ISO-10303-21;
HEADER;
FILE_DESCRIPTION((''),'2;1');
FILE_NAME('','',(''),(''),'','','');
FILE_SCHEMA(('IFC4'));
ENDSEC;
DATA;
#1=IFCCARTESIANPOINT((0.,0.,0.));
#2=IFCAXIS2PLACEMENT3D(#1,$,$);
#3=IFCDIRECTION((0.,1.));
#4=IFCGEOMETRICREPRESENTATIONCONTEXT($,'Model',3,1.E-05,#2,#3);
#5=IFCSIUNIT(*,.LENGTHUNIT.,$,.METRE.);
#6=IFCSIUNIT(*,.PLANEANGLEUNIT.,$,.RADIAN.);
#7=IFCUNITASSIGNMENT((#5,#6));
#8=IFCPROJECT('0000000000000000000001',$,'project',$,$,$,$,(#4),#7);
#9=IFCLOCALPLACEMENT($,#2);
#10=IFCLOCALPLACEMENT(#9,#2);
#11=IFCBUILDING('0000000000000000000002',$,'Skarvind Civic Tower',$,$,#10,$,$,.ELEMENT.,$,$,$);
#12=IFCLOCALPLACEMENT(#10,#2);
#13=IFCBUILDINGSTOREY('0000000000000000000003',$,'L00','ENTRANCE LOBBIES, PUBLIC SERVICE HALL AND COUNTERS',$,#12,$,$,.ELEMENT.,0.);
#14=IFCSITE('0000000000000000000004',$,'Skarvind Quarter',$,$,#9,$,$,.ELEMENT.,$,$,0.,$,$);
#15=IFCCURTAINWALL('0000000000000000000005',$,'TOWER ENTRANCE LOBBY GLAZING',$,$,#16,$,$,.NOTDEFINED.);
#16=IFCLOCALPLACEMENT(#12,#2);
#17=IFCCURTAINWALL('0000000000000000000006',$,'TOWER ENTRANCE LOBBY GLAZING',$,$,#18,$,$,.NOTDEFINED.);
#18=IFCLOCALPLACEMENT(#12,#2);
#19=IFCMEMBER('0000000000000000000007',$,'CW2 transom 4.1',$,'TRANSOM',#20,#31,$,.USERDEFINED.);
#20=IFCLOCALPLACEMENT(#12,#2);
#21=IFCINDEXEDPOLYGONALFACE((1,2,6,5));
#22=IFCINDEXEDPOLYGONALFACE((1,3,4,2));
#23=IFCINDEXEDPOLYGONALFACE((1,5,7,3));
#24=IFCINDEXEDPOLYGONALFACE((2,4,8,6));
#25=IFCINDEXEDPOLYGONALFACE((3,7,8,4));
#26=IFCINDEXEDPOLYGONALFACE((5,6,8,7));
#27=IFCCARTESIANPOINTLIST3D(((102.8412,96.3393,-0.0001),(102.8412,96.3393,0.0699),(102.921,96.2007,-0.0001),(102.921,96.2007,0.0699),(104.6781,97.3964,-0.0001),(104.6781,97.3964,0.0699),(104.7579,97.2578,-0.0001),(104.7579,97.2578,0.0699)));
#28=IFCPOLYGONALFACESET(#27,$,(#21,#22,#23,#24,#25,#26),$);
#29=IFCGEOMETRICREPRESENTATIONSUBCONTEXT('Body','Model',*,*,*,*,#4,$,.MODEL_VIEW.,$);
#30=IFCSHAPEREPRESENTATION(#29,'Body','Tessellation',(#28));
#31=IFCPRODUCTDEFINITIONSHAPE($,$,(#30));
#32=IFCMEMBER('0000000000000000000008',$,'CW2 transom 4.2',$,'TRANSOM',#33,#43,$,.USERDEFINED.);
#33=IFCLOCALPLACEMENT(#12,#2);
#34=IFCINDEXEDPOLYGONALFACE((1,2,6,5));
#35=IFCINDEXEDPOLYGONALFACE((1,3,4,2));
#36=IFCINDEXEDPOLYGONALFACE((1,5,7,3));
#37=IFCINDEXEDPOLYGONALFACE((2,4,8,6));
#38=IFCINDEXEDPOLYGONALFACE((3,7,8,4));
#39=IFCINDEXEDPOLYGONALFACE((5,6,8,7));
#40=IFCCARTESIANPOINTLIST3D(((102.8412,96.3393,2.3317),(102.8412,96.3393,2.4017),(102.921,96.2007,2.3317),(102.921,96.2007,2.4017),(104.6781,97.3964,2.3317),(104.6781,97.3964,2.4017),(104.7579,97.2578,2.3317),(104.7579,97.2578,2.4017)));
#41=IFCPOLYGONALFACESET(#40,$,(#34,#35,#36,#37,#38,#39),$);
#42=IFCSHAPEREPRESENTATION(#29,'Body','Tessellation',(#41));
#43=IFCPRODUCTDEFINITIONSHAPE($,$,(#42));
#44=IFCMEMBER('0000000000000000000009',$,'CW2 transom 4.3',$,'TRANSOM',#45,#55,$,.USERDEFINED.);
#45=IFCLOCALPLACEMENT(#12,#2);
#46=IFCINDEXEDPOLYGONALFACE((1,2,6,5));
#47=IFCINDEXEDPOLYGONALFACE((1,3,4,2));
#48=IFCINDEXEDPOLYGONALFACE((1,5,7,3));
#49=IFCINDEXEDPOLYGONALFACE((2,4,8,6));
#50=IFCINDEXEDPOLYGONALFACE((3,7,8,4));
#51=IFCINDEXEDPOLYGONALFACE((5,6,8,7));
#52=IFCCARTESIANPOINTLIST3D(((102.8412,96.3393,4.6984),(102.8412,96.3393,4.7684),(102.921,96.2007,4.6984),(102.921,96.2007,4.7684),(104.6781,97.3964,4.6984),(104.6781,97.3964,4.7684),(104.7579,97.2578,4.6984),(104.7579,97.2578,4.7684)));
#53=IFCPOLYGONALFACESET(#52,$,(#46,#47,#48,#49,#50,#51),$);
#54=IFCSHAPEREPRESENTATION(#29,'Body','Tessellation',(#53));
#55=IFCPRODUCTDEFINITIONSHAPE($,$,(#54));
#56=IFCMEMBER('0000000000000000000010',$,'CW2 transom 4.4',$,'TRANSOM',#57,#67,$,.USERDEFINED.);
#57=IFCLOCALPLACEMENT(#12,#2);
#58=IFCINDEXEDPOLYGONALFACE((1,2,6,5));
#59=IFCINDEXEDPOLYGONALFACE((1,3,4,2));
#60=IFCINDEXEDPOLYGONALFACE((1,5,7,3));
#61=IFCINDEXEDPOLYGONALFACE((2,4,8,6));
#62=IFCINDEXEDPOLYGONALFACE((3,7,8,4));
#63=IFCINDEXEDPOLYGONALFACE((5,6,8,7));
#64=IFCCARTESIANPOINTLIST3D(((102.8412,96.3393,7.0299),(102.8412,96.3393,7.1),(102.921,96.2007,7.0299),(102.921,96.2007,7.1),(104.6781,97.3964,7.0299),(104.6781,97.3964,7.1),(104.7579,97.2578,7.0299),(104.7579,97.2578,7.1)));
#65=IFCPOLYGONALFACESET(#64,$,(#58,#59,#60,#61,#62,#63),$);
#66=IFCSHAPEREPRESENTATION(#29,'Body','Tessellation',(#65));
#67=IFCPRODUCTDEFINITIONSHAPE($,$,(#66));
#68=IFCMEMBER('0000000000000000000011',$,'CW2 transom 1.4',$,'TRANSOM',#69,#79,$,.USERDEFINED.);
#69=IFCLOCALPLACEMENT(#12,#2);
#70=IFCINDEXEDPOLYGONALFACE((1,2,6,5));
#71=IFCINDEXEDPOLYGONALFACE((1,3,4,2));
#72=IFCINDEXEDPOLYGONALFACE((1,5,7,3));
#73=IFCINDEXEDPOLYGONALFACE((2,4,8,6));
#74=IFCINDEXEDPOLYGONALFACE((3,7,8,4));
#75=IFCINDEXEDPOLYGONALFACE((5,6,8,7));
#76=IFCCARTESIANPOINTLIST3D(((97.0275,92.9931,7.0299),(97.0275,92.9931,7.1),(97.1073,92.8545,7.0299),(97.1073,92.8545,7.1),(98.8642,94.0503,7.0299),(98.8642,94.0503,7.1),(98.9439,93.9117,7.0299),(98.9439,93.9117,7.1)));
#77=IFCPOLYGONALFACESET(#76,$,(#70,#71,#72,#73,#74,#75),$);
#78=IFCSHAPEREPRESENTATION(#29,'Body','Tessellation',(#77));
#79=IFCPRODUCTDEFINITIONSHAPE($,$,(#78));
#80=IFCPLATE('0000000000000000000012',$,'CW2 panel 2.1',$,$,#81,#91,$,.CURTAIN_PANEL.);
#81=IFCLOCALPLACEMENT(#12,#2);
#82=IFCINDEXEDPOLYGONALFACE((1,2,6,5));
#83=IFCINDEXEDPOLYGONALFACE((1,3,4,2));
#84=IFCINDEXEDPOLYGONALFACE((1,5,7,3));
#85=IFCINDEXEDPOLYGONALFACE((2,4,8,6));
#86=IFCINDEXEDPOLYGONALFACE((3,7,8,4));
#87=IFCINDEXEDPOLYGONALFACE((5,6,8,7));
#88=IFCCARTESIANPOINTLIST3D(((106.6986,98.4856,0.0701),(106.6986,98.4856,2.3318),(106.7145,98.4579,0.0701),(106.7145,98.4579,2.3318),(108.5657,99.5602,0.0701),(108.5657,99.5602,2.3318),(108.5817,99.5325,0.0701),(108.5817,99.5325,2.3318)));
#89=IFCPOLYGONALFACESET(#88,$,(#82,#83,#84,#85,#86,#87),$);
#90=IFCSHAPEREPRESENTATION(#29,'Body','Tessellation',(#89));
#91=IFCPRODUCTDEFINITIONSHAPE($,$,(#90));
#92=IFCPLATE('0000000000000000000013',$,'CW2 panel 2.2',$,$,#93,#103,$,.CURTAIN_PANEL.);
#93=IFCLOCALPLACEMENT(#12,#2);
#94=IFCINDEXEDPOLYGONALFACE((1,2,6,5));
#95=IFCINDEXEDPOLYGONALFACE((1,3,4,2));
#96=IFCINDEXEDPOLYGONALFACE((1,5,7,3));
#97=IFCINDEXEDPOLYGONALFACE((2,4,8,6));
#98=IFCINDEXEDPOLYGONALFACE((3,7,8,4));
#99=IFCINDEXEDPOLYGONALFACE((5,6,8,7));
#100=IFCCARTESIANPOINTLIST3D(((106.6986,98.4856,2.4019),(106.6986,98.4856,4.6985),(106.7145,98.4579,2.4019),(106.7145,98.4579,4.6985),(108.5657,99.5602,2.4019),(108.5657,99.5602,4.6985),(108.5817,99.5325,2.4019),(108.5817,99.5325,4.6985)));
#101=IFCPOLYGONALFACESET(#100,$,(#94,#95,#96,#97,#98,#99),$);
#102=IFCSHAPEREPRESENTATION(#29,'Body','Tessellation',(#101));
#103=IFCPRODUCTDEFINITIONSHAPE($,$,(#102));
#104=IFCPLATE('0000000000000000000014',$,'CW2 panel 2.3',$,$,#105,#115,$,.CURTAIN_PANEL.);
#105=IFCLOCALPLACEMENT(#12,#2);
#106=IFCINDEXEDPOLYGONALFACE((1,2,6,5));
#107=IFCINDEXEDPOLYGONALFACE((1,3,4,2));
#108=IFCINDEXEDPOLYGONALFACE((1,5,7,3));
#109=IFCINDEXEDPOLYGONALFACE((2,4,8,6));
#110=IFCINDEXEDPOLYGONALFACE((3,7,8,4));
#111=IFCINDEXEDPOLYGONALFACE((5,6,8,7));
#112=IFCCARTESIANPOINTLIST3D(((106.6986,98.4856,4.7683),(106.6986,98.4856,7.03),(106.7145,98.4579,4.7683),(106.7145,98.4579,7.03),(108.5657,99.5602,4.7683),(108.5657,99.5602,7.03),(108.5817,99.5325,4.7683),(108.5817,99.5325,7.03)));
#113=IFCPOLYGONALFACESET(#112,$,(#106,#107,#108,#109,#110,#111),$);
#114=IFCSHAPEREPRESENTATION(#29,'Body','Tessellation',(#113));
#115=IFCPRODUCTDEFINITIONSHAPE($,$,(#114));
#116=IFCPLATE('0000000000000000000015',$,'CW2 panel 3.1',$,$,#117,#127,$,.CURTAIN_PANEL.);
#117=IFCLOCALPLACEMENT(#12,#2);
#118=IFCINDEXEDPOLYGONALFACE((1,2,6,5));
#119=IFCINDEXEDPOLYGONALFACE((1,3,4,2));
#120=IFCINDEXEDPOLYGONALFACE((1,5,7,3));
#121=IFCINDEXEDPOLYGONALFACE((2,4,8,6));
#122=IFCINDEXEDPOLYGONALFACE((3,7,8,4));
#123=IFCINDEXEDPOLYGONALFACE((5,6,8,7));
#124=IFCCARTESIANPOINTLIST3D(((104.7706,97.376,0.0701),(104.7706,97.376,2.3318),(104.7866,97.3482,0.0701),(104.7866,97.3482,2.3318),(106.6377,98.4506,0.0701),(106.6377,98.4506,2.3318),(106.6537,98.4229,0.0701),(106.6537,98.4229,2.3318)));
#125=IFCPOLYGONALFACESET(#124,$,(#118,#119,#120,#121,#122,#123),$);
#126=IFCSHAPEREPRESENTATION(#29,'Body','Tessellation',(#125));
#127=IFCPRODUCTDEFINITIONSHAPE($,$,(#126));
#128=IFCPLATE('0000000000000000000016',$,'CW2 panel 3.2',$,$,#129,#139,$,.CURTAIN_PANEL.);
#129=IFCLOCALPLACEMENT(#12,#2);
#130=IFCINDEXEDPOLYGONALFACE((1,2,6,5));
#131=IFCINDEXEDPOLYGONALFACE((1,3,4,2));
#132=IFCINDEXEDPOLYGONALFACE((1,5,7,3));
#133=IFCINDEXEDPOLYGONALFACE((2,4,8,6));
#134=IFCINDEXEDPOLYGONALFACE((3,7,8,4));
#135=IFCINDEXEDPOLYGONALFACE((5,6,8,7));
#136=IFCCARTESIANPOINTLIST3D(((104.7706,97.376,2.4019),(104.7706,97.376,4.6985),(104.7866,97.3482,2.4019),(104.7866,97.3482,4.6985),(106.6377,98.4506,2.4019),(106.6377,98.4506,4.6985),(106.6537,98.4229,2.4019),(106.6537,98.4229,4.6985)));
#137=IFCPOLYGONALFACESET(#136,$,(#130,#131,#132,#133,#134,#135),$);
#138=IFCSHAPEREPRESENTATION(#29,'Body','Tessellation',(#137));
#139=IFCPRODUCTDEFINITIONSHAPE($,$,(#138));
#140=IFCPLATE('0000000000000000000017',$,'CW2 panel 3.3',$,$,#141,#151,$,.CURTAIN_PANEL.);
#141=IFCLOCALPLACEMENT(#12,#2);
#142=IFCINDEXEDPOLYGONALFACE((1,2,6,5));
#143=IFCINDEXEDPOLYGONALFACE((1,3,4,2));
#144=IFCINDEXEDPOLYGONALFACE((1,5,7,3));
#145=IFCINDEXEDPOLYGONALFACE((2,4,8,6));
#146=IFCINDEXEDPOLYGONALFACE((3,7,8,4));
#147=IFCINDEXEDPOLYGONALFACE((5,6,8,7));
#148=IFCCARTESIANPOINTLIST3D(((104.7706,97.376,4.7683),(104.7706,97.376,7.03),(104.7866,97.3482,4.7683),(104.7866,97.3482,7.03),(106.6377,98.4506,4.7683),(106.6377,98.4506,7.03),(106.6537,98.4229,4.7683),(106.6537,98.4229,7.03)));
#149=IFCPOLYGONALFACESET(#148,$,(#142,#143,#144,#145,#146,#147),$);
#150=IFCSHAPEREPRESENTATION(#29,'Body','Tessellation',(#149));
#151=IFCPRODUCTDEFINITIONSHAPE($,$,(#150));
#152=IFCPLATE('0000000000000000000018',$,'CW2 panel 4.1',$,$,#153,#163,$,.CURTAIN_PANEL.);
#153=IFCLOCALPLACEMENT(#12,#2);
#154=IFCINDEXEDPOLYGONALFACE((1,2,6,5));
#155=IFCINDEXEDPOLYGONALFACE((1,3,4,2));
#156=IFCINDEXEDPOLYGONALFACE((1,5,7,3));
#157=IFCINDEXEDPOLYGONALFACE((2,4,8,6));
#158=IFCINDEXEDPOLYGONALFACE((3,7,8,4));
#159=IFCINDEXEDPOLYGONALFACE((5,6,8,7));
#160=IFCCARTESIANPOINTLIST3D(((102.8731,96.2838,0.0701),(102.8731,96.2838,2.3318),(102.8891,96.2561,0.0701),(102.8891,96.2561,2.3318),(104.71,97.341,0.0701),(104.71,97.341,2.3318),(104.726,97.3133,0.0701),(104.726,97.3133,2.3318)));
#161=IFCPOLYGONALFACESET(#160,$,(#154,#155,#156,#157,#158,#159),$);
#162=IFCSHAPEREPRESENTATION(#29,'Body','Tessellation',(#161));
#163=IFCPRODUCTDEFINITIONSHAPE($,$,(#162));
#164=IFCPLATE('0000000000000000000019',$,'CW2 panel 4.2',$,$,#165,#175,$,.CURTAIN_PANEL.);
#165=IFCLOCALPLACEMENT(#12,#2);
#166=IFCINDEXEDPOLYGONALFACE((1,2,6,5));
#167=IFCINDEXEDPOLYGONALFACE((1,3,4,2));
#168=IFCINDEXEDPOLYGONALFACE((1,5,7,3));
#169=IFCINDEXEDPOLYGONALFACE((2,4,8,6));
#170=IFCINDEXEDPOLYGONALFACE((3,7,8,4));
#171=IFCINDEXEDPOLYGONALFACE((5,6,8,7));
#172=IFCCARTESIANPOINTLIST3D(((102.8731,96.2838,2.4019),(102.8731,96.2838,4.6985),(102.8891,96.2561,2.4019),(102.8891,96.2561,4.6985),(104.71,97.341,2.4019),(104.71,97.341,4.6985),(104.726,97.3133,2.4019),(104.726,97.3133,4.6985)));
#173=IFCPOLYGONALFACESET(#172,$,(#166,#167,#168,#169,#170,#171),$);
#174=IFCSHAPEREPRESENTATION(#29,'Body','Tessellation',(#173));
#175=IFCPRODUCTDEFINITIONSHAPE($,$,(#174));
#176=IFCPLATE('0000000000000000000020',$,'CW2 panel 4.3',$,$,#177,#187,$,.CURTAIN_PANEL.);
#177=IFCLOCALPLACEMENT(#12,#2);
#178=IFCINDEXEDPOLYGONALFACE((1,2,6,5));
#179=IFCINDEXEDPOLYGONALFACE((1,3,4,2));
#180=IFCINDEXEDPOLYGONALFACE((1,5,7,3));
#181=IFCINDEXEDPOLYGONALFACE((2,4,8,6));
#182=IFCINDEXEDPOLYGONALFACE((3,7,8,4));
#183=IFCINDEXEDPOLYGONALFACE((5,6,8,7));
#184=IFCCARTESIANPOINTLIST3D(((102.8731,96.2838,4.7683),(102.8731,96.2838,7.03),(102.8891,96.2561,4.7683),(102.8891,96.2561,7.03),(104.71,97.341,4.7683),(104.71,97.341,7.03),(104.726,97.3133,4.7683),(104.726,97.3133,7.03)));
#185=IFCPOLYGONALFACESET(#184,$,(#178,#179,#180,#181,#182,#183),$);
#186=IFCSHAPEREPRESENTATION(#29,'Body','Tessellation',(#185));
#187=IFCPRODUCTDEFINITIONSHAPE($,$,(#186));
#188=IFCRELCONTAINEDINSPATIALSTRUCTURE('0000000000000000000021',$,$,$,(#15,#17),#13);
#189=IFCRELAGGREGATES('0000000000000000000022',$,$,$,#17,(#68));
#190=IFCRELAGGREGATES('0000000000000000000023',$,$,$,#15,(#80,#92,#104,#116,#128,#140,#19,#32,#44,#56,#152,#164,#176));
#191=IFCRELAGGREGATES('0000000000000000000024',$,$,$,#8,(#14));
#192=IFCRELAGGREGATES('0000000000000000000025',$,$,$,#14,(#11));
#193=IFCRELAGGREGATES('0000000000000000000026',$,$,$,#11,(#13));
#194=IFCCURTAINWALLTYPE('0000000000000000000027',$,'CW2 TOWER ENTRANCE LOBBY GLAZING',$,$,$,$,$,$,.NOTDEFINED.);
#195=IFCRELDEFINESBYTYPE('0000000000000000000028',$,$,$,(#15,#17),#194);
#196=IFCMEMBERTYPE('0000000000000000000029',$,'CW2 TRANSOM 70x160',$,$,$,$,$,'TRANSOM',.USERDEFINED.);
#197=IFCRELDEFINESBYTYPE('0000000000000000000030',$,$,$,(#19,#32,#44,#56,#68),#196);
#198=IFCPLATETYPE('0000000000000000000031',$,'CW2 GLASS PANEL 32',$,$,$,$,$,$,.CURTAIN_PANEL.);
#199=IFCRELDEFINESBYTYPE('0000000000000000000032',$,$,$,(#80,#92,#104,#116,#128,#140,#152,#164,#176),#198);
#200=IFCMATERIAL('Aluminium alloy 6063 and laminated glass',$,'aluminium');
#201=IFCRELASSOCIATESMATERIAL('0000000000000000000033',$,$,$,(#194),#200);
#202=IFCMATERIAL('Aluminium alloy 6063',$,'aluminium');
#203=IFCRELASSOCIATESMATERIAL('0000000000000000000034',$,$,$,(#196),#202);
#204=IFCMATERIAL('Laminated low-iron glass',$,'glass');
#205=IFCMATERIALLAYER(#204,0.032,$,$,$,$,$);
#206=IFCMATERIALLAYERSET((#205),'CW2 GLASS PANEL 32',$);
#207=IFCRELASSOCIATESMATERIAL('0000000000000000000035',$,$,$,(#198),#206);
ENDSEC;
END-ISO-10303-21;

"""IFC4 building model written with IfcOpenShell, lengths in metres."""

from ifc_helpers import new_model, si_unit, direction, frame, origin, origin_2d, place, context, subcontext, project, spatial, rectangle, extrude, material, layer, layer_set, material_profile, profile_set, type_object, element, aggregate, save


model = new_model("IFC4")

# Units and contexts
model_context = context("Model", 3, precision=1e-05, world=origin(), true_north=direction((0.0, 1.0)))
body_context = subcontext(model_context, "Body", "Model", "MODEL_VIEW")
ifc_project = project(units=[si_unit("LENGTHUNIT", "METRE"), si_unit("PLANEANGLEUNIT", "RADIAN")], contexts=[model_context])

# Site, building, storey
site_placement = place(None, origin())
site = spatial("IfcSite", under=ifc_project, at=site_placement, Name="Skarvind Quarter", CompositionType="ELEMENT", RefElevation=0.0)
building_placement = place(site_placement, origin())
building = spatial("IfcBuilding", under=site, at=building_placement, Name="Skarvind Civic Tower", CompositionType="ELEMENT")
storey_placement = place(building_placement, origin())
storey = spatial("IfcBuildingStorey", under=building, at=storey_placement, Name="L00", Description="ENTRANCE LOBBIES, PUBLIC SERVICE HALL AND COUNTERS", CompositionType="ELEMENT", Elevation=0.0)

# Curtain wall
ifc_material_1 = material(Name="Aluminium alloy 6063 and laminated glass", Category="aluminium")
curtain_wall_type = type_object("IfcCurtainWallType", Name="CW2 TOWER ENTRANCE LOBBY GLAZING", PredefinedType="NOTDEFINED", material=ifc_material_1)
curtain_wall_1_placement = place(storey_placement, origin())
curtain_wall_1 = element("IfcCurtainWall", 1, at=curtain_wall_1_placement, inside=storey, type_object=curtain_wall_type, Name="TOWER ENTRANCE LOBBY GLAZING", PredefinedType="NOTDEFINED")
ifc_material_2 = material(Name="Aluminium alloy 6063", Category="aluminium")

# Curtain wall
curtain_wall_2_placement = place(storey_placement, origin())
curtain_wall_2 = element("IfcCurtainWall", 2, at=curtain_wall_2_placement, inside=storey, type_object=curtain_wall_type, Name="TOWER ENTRANCE LOBBY GLAZING", PredefinedType="NOTDEFINED")

# Members
ifc_material_profile_1 = material_profile(ifc_material_2, rectangle(XDim=0.1599, YDim=0.0701, at=origin_2d()), Name="AL 70x160")
ifc_profile_set_1 = profile_set([ifc_material_profile_1], Name="Aluminium alloy 6063")
member_type_1 = type_object("IfcMemberType", Name="CW2 TRANSOM 70x160", ElementType="TRANSOM", PredefinedType="USERDEFINED", material=ifc_profile_set_1)
member_1_placement = place(storey_placement, frame((104.718, 97.3271, 0.0349), z_axis=(-0.866722, -0.498791, 0.0), x_axis=(0.498791, -0.866722, 0.0)))
member_1 = element("IfcMember", 3, at=member_1_placement, type_object=member_type_1, Name="CW2 transom 4.1", ObjectType="TRANSOM", PredefinedType="USERDEFINED", context=body_context, shape_type="SweptSolid", body=[
    extrude(rectangle(XDim=0.1599, YDim=0.0701, at=origin_2d()), origin(), (0.0, 0.0, 1.0), 2.1194),
])
member_2_placement = place(storey_placement, frame((104.718, 97.3271, 2.3667), z_axis=(-0.866722, -0.498791, 0.0), x_axis=(0.498791, -0.866722, 0.0)))
member_2 = element("IfcMember", 4, at=member_2_placement, type_object=member_type_1, Name="CW2 transom 4.2", ObjectType="TRANSOM", PredefinedType="USERDEFINED", context=body_context, shape_type="SweptSolid", body=[
    extrude(rectangle(XDim=0.1599, YDim=0.0701, at=origin_2d()), origin(), (0.0, 0.0, 1.0), 2.1194),
])
member_3_placement = place(storey_placement, frame((104.718, 97.3271, 4.7334), z_axis=(-0.866722, -0.498791, 0.0), x_axis=(0.498791, -0.866722, 0.0)))
member_3 = element("IfcMember", 5, at=member_3_placement, type_object=member_type_1, Name="CW2 transom 4.3", ObjectType="TRANSOM", PredefinedType="USERDEFINED", context=body_context, shape_type="SweptSolid", body=[
    extrude(rectangle(XDim=0.1599, YDim=0.0701, at=origin_2d()), origin(), (0.0, 0.0, 1.0), 2.1194),
])
member_4_placement = place(storey_placement, frame((104.718, 97.3271, 7.0649), z_axis=(-0.866722, -0.498791, 0.0), x_axis=(0.498791, -0.866722, 0.0)))
member_4 = element("IfcMember", 6, at=member_4_placement, type_object=member_type_1, Name="CW2 transom 4.4", ObjectType="TRANSOM", PredefinedType="USERDEFINED", context=body_context, shape_type="SweptSolid", body=[
    extrude(rectangle(XDim=0.1599, YDim=0.0701, at=origin_2d()), origin(), (0.0, 0.0, 1.0), 2.1194),
])
member_5_placement = place(storey_placement, frame((98.9041, 93.981, 7.0649), z_axis=(-0.866693, -0.498841, 0.0), x_axis=(0.498841, -0.866693, 0.0)))
member_5 = element("IfcMember", 7, at=member_5_placement, type_object=member_type_1, Name="CW2 transom 1.4", ObjectType="TRANSOM", PredefinedType="USERDEFINED", context=body_context, shape_type="SweptSolid", body=[
    extrude(rectangle(XDim=0.1599, YDim=0.0701, at=origin_2d()), origin(), (0.0, 0.0, 1.0), 2.1191),
])
aggregate(curtain_wall_2, [member_5])

# Plates
ifc_material_3 = material(Name="Laminated low-iron glass", Category="glass")
ifc_layer_1 = layer(ifc_material_3, 0.032)
ifc_layer_set_1 = layer_set([ifc_layer_1], Name="CW2 GLASS PANEL 32")
plate_type = type_object("IfcPlateType", Name="CW2 GLASS PANEL 32", PredefinedType="CURTAIN_PANEL", material=ifc_layer_set_1)
plate_1_placement = place(storey_placement, frame((107.6401, 99.009, 0.0701), z_axis=(0.0, 0.0, 1.0), x_axis=(-0.8667, -0.49883, 0.0)))
plate_1 = element("IfcPlate", 8, at=plate_1_placement, type_object=plate_type, Name="CW2 panel 2.1", PredefinedType="CURTAIN_PANEL", context=body_context, shape_type="SweptSolid", body=[
    extrude(rectangle(XDim=2.1543, YDim=0.032, at=origin_2d()), origin(), (0.0, 0.0, 1.0), 2.2617),
])
plate_2_placement = place(storey_placement, frame((107.6401, 99.009, 2.4019), z_axis=(0.0, 0.0, 1.0), x_axis=(-0.8667, -0.49883, 0.0)))
plate_2 = element("IfcPlate", 9, at=plate_2_placement, type_object=plate_type, Name="CW2 panel 2.2", PredefinedType="CURTAIN_PANEL", context=body_context, shape_type="SweptSolid", body=[
    extrude(rectangle(XDim=2.1543, YDim=0.032, at=origin_2d()), origin(), (0.0, 0.0, 1.0), 2.2966),
])
plate_3_placement = place(storey_placement, frame((107.6401, 99.009, 4.7683), z_axis=(0.0, 0.0, 1.0), x_axis=(-0.8667, -0.49883, 0.0)))
plate_3 = element("IfcPlate", 10, at=plate_3_placement, type_object=plate_type, Name="CW2 panel 2.3", PredefinedType="CURTAIN_PANEL", context=body_context, shape_type="SweptSolid", body=[
    extrude(rectangle(XDim=2.1543, YDim=0.032, at=origin_2d()), origin(), (0.0, 0.0, 1.0), 2.2617),
])
plate_4_placement = place(storey_placement, frame((105.7122, 97.8994, 0.0701), z_axis=(0.0, 0.0, 1.0), x_axis=(-0.8667, -0.49883, 0.0)))
plate_4 = element("IfcPlate", 11, at=plate_4_placement, type_object=plate_type, Name="CW2 panel 3.1", PredefinedType="CURTAIN_PANEL", context=body_context, shape_type="SweptSolid", body=[
    extrude(rectangle(XDim=2.1543, YDim=0.032, at=origin_2d()), origin(), (0.0, 0.0, 1.0), 2.2617),
])
plate_5_placement = place(storey_placement, frame((105.7122, 97.8994, 2.4019), z_axis=(0.0, 0.0, 1.0), x_axis=(-0.8667, -0.49883, 0.0)))
plate_5 = element("IfcPlate", 12, at=plate_5_placement, type_object=plate_type, Name="CW2 panel 3.2", PredefinedType="CURTAIN_PANEL", context=body_context, shape_type="SweptSolid", body=[
    extrude(rectangle(XDim=2.1543, YDim=0.032, at=origin_2d()), origin(), (0.0, 0.0, 1.0), 2.2966),
])
plate_6_placement = place(storey_placement, frame((105.7122, 97.8994, 4.7683), z_axis=(0.0, 0.0, 1.0), x_axis=(-0.8667, -0.49883, 0.0)))
plate_6 = element("IfcPlate", 13, at=plate_6_placement, type_object=plate_type, Name="CW2 panel 3.3", PredefinedType="CURTAIN_PANEL", context=body_context, shape_type="SweptSolid", body=[
    extrude(rectangle(XDim=2.1543, YDim=0.032, at=origin_2d()), origin(), (0.0, 0.0, 1.0), 2.2617),
])
plate_7_placement = place(storey_placement, frame((103.7996, 96.7986, 0.0701), z_axis=(0.0, 0.0, 1.0), x_axis=(-0.8667, -0.49883, 0.0)))
plate_7 = element("IfcPlate", 14, at=plate_7_placement, type_object=plate_type, Name="CW2 panel 4.1", PredefinedType="CURTAIN_PANEL", context=body_context, shape_type="SweptSolid", body=[
    extrude(rectangle(XDim=2.1194, YDim=0.032, at=origin_2d()), origin(), (0.0, 0.0, 1.0), 2.2617),
])
plate_8_placement = place(storey_placement, frame((103.7996, 96.7986, 2.4019), z_axis=(0.0, 0.0, 1.0), x_axis=(-0.8667, -0.49883, 0.0)))
plate_8 = element("IfcPlate", 15, at=plate_8_placement, type_object=plate_type, Name="CW2 panel 4.2", PredefinedType="CURTAIN_PANEL", context=body_context, shape_type="SweptSolid", body=[
    extrude(rectangle(XDim=2.1194, YDim=0.032, at=origin_2d()), origin(), (0.0, 0.0, 1.0), 2.2966),
])
plate_9_placement = place(storey_placement, frame((103.7996, 96.7986, 4.7683), z_axis=(0.0, 0.0, 1.0), x_axis=(-0.8667, -0.49883, 0.0)))
plate_9 = element("IfcPlate", 16, at=plate_9_placement, type_object=plate_type, Name="CW2 panel 4.3", PredefinedType="CURTAIN_PANEL", context=body_context, shape_type="SweptSolid", body=[
    extrude(rectangle(XDim=2.1194, YDim=0.032, at=origin_2d()), origin(), (0.0, 0.0, 1.0), 2.2617),
])
aggregate(curtain_wall_1, [plate_1, plate_2, plate_3, plate_4, plate_5, plate_6, member_1, member_2, member_3, member_4, plate_7, plate_8, plate_9])

save(model, "model.ifc")
